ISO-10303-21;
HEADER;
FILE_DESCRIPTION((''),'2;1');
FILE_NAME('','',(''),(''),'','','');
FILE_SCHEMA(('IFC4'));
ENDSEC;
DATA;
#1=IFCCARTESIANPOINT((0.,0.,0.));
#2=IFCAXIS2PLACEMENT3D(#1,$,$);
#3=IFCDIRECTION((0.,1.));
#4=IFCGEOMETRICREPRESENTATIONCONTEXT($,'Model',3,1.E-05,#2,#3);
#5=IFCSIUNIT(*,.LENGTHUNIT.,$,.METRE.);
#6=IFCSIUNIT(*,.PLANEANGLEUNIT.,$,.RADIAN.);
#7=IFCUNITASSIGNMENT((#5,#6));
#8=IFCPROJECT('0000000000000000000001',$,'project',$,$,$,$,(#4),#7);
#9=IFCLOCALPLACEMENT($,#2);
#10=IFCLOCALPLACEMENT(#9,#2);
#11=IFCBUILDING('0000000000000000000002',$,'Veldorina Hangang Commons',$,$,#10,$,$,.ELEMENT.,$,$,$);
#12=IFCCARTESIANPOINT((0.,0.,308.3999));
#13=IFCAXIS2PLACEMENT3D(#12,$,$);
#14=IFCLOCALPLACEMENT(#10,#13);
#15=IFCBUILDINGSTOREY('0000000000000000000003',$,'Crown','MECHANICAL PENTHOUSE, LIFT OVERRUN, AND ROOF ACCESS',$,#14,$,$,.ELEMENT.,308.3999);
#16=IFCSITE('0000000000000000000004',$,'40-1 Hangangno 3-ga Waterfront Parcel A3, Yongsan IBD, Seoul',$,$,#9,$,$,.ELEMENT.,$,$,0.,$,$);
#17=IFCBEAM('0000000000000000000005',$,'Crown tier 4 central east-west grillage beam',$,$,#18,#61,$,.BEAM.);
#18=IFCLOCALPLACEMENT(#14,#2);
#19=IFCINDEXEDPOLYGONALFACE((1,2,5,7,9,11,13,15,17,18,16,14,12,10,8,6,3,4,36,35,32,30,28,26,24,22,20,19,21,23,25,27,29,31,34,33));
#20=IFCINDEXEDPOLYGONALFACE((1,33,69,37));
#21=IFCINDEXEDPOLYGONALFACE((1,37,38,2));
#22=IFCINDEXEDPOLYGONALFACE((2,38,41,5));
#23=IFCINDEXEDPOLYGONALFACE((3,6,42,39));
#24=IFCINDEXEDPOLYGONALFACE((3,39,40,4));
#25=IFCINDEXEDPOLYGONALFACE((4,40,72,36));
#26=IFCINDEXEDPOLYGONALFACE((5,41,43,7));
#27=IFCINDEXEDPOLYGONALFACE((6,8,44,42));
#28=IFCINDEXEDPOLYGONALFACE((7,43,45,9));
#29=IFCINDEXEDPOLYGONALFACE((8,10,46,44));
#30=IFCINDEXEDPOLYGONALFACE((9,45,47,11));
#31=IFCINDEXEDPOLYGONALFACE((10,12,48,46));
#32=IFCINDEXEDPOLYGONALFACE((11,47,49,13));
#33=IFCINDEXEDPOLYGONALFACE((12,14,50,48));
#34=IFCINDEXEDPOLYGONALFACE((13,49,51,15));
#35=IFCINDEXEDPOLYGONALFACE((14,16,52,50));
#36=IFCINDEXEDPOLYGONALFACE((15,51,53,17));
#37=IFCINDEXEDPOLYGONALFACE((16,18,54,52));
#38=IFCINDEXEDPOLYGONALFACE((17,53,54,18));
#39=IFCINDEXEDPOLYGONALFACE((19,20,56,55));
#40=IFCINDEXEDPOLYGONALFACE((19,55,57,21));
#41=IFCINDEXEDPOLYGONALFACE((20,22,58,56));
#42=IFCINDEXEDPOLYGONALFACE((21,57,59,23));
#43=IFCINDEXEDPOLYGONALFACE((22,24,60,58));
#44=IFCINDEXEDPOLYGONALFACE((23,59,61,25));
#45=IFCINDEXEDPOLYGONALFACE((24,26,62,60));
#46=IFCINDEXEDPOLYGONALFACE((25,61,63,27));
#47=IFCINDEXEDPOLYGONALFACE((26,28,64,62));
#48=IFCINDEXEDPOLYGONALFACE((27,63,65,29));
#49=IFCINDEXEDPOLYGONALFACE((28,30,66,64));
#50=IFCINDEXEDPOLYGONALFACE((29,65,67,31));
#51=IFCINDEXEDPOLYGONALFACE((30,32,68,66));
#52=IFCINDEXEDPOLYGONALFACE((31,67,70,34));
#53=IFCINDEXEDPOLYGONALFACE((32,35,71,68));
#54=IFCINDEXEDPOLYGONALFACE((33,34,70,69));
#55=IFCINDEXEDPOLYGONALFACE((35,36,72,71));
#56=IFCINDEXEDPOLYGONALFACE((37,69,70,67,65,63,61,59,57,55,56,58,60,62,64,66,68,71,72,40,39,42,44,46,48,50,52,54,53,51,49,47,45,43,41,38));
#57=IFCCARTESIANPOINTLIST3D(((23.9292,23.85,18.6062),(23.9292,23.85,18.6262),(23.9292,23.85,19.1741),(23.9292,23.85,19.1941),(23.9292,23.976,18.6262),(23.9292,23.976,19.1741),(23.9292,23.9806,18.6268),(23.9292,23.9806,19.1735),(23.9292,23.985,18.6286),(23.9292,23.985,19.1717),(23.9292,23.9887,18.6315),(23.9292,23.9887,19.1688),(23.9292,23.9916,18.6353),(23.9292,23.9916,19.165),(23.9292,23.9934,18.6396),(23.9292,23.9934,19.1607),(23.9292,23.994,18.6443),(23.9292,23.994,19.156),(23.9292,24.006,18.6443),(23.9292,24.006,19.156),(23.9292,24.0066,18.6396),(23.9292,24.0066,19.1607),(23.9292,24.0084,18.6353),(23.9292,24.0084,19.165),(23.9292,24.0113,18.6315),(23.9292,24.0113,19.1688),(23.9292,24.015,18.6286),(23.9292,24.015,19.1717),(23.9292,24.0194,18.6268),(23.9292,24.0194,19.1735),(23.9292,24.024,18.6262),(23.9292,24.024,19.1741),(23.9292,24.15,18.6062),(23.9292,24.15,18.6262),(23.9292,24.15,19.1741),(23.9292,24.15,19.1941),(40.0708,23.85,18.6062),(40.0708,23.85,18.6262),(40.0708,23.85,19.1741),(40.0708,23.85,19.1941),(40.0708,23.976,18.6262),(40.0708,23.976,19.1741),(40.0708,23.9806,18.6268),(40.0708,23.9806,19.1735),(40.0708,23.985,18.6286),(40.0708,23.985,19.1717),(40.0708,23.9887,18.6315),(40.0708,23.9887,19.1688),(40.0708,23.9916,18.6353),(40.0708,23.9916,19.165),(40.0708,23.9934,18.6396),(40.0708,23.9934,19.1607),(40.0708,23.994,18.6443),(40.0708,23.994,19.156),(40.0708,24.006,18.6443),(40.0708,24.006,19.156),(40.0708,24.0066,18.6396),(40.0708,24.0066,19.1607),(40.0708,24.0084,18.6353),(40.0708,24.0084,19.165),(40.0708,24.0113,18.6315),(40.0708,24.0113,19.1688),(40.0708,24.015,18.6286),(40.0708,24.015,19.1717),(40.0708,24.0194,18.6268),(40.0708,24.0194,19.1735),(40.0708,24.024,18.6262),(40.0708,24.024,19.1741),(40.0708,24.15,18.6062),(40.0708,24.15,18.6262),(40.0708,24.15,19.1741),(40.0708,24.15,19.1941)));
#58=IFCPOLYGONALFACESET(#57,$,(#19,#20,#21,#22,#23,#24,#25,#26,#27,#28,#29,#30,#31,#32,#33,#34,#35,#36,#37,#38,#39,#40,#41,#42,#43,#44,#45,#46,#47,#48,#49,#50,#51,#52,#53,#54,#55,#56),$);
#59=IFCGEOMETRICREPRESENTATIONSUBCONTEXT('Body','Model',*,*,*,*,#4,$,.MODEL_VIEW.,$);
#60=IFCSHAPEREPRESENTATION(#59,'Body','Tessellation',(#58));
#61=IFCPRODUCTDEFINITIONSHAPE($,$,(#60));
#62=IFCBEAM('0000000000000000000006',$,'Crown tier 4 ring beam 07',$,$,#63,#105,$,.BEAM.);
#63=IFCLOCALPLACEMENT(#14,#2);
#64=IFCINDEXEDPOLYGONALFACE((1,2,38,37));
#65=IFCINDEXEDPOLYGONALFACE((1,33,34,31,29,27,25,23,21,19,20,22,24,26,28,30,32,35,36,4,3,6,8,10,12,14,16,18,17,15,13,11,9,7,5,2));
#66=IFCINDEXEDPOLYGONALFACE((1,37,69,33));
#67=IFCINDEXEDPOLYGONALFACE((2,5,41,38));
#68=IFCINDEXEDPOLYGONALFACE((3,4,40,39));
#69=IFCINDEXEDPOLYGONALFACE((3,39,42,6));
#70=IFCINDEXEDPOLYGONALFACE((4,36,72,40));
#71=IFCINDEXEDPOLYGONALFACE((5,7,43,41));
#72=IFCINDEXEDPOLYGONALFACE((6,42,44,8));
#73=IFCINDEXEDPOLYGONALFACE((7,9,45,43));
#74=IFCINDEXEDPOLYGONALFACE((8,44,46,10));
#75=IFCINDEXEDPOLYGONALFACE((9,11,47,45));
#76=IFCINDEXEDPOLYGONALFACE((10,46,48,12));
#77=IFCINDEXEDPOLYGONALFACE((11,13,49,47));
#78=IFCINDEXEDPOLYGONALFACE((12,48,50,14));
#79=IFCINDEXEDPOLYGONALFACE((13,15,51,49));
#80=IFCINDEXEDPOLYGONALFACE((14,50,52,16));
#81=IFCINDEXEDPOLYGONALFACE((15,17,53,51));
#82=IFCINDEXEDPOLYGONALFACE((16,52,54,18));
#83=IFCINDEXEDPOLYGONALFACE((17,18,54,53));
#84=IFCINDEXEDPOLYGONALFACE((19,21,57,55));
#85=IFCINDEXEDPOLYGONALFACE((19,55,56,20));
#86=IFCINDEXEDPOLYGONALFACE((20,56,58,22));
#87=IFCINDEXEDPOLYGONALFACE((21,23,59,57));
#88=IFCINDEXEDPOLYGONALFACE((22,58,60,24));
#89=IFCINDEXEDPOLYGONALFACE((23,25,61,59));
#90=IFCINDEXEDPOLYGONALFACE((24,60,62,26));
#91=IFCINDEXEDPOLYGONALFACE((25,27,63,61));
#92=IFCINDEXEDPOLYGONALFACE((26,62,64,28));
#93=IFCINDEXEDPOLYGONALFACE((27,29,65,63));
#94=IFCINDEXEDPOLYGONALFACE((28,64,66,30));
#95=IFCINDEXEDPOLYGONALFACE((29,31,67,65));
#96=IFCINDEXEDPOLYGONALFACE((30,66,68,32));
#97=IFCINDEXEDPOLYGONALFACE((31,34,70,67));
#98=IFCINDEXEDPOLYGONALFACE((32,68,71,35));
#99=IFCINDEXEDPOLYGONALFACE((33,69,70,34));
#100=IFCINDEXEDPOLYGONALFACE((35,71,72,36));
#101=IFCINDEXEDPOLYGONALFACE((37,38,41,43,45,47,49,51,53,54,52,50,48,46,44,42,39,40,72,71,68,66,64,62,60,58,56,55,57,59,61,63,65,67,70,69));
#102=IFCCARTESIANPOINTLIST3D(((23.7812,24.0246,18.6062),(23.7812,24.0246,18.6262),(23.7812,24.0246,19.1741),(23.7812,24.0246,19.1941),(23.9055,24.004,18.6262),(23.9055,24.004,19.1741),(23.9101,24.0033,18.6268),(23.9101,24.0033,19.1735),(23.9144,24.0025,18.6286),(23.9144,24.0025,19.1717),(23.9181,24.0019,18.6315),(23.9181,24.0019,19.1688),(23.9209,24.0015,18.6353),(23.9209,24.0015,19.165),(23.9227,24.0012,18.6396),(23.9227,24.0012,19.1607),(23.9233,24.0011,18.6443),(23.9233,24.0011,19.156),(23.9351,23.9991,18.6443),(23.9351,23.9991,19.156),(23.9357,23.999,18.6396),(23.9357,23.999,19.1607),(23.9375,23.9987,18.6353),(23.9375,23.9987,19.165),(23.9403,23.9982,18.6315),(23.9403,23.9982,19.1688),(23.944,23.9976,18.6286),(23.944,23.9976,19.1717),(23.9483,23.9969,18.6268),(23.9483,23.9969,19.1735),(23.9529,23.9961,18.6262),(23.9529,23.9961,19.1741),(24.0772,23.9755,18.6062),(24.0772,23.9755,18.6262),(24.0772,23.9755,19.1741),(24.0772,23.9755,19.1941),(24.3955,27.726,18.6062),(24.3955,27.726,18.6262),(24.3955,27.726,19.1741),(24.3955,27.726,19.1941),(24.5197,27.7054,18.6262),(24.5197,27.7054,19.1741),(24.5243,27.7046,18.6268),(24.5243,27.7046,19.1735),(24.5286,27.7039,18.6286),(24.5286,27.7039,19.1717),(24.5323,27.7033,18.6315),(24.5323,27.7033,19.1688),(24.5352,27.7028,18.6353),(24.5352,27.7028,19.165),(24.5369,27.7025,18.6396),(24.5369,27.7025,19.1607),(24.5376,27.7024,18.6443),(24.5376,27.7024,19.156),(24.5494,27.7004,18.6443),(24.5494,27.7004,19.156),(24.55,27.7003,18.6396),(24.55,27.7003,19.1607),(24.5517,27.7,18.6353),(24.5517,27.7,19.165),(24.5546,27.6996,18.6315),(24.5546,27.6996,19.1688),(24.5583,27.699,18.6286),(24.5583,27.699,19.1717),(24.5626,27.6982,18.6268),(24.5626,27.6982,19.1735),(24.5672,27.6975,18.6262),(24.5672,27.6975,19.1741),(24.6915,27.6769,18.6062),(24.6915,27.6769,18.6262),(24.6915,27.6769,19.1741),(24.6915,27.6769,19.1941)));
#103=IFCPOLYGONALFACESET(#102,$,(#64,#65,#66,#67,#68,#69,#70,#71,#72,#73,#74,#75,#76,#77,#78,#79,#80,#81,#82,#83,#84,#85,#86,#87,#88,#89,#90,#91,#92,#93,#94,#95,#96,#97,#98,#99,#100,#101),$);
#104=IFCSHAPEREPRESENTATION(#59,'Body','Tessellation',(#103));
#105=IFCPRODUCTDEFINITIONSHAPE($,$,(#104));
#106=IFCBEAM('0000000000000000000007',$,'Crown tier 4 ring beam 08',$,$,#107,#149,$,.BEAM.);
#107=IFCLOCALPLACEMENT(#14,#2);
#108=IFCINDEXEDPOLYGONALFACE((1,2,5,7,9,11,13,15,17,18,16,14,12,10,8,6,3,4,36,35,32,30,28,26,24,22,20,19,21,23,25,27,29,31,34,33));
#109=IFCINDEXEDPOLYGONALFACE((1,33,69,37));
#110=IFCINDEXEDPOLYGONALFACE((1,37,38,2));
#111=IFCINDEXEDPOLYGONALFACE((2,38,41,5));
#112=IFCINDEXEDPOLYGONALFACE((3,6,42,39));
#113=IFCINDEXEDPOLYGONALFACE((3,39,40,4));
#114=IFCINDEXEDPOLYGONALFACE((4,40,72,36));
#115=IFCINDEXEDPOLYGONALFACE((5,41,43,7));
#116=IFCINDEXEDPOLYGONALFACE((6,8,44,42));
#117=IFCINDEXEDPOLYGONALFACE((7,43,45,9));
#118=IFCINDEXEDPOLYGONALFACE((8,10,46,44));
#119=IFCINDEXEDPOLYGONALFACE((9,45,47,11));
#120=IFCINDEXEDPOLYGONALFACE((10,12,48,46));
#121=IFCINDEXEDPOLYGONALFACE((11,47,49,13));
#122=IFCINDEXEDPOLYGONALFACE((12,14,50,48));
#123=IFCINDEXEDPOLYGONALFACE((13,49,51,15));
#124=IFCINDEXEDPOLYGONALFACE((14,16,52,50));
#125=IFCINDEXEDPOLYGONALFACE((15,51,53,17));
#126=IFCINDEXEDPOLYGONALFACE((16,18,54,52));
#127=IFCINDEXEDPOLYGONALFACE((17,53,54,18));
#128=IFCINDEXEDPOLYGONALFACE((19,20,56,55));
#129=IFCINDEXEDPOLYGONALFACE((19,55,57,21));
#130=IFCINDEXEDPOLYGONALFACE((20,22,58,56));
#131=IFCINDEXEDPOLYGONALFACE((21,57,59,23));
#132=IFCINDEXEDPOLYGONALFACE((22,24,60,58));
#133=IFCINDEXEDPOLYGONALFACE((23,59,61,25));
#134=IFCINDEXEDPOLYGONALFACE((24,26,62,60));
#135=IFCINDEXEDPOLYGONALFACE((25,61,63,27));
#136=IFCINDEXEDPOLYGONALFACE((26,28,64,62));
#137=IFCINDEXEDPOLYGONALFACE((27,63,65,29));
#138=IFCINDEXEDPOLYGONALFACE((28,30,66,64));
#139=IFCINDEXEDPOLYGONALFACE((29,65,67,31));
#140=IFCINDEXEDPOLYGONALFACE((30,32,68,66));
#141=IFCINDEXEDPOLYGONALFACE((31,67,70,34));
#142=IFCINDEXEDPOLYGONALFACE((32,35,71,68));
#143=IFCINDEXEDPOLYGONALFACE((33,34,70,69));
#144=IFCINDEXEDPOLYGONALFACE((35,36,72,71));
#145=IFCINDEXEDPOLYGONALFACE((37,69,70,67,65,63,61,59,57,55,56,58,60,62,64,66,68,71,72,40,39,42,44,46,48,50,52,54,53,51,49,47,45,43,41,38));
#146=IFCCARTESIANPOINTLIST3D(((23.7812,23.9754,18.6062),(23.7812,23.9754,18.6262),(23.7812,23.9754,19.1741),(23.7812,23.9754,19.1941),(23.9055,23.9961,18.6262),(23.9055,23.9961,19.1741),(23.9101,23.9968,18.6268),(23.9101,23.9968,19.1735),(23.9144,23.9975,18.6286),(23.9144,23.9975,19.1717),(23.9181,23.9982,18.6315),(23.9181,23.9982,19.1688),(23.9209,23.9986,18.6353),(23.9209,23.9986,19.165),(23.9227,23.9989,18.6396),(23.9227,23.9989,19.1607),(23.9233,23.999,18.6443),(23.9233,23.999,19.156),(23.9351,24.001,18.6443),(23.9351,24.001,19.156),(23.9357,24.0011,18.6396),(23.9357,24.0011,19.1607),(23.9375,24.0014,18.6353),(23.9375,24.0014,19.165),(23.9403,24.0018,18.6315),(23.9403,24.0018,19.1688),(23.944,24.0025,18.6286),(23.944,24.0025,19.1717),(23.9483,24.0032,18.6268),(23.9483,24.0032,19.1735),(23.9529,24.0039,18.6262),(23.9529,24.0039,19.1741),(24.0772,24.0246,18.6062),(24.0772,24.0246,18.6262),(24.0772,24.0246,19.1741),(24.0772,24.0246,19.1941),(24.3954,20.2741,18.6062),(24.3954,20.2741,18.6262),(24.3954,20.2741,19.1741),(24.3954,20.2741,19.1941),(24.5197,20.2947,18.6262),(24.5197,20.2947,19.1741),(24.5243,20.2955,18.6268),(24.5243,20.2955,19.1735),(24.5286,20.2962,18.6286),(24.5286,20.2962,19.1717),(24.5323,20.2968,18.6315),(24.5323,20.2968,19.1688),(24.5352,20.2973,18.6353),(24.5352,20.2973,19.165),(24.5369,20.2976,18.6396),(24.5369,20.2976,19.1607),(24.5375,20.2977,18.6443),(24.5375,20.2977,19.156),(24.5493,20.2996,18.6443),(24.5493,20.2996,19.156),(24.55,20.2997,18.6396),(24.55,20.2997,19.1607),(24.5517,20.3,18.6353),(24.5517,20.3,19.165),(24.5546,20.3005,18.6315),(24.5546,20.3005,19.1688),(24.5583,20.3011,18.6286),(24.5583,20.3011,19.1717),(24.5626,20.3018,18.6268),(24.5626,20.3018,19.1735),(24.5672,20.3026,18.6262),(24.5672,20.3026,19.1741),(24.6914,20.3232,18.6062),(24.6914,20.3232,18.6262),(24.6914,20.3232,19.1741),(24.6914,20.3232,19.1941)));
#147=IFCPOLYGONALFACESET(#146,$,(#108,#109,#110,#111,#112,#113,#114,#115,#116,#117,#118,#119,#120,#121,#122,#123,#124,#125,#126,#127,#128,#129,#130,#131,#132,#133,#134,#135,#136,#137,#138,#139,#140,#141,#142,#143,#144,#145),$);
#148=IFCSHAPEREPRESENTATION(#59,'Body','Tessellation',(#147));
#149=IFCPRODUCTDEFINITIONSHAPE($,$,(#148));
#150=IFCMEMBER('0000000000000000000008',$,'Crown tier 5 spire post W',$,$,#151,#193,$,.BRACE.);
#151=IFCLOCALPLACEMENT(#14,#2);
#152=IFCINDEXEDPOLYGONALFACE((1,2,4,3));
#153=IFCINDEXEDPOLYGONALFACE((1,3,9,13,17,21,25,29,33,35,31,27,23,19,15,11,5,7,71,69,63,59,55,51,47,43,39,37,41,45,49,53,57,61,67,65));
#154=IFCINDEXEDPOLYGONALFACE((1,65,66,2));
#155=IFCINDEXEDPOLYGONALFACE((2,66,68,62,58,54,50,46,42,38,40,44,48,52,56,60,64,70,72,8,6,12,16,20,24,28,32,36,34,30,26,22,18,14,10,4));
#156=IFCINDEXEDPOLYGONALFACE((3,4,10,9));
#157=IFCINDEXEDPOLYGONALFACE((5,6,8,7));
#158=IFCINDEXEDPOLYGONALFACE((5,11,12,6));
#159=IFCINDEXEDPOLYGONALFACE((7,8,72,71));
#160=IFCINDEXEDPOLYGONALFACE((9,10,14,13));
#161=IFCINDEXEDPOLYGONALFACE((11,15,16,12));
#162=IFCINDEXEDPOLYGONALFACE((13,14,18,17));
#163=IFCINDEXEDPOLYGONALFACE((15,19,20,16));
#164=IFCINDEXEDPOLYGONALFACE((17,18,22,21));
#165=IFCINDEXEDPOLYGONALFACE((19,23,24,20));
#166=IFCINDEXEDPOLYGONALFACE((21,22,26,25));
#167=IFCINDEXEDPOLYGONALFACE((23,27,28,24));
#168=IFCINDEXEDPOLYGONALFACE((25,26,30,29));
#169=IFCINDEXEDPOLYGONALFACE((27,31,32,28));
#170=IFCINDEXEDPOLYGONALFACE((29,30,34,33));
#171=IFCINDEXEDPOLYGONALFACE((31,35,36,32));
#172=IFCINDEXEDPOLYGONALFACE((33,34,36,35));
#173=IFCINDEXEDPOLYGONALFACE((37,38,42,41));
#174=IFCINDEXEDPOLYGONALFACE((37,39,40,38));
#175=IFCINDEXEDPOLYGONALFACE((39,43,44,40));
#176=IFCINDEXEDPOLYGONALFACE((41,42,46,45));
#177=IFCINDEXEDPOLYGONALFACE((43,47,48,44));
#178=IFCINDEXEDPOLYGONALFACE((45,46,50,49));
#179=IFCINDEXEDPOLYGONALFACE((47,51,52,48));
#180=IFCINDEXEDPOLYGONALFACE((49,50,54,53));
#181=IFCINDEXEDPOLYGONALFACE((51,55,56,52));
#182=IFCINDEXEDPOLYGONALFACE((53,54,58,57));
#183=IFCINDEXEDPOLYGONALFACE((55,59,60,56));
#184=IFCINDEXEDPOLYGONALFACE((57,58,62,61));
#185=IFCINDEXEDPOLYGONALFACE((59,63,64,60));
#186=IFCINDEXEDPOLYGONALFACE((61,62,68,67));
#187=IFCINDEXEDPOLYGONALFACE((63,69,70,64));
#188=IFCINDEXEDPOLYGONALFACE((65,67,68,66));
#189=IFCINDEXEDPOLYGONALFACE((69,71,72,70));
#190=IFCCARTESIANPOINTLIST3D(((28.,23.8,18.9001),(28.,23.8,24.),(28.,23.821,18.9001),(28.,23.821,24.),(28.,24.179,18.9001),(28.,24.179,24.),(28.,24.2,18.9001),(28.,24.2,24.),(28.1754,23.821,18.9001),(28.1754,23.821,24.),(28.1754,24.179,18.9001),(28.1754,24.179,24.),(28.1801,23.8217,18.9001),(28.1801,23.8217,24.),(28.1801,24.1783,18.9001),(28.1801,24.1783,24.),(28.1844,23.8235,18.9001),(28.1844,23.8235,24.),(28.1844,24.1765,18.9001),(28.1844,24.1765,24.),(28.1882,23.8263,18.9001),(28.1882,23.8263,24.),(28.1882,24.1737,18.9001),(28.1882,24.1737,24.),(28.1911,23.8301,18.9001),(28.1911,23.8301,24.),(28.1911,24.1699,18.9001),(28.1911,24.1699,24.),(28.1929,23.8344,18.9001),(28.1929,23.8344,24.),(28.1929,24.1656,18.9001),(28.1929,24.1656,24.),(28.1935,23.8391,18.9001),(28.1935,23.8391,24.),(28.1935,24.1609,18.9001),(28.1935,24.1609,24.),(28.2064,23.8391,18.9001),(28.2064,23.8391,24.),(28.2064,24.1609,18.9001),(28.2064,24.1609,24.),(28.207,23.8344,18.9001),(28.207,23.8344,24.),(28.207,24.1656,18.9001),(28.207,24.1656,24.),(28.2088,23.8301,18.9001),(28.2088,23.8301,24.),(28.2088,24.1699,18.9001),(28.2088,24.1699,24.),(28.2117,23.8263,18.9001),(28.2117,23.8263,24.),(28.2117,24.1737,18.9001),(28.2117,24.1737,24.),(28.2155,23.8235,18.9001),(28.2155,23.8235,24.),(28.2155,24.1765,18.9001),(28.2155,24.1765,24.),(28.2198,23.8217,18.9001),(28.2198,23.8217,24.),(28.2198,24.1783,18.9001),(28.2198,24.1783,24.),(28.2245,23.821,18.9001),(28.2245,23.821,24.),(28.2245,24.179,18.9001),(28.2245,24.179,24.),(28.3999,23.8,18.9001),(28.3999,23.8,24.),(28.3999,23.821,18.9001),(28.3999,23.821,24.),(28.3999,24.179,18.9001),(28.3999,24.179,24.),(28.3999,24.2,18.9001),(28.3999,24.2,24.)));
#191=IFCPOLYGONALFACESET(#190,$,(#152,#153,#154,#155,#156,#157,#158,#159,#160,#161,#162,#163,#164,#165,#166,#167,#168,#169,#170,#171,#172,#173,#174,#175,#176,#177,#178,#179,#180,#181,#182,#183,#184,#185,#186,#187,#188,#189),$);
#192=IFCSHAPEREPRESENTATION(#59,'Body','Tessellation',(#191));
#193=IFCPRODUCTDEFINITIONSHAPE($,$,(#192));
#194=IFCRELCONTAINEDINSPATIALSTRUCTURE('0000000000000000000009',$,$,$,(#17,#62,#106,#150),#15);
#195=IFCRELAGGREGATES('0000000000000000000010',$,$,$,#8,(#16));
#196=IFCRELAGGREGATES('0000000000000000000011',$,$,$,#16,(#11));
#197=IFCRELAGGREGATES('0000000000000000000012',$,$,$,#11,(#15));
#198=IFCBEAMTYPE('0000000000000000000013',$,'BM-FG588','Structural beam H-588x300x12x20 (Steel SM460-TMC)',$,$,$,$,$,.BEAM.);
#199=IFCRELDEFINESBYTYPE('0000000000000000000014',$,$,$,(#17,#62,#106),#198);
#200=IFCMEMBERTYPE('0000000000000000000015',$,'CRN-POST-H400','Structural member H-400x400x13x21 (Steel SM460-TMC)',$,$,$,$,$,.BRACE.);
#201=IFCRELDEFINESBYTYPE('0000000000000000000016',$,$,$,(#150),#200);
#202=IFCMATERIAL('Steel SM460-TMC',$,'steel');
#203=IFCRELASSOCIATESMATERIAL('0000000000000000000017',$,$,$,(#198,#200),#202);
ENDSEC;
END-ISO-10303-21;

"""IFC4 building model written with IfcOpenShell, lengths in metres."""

from ifc_helpers import new_model, si_unit, direction, frame, origin, origin_2d, place, context, subcontext, project, spatial, i_section, extrude, material, material_profile, profile_set, type_object, element, save


model = new_model("IFC4")

# Units and contexts
model_context = context("Model", 3, precision=1e-05, world=origin(), true_north=direction((0.0, 1.0)))
body_context = subcontext(model_context, "Body", "Model", "MODEL_VIEW")
ifc_project = project(units=[si_unit("LENGTHUNIT", "METRE"), si_unit("PLANEANGLEUNIT", "RADIAN")], contexts=[model_context])

# Site, building, storey
site_placement = place(None, origin())
site = spatial("IfcSite", under=ifc_project, at=site_placement, Name="40-1 Hangangno 3-ga Waterfront Parcel A3, Yongsan IBD, Seoul", CompositionType="ELEMENT", RefElevation=0.0)
building_placement = place(site_placement, origin())
building = spatial("IfcBuilding", under=site, at=building_placement, Name="Veldorina Hangang Commons", CompositionType="ELEMENT")
storey_placement = place(building_placement, frame((0.0, 0.0, 308.3999)))
storey = spatial("IfcBuildingStorey", under=building, at=storey_placement, Name="Crown", Description="MECHANICAL PENTHOUSE, LIFT OVERRUN, AND ROOF ACCESS", CompositionType="ELEMENT", Elevation=308.3999)

# Beams
ifc_material_1 = material(Name="Steel SM460-TMC", Category="steel")
ifc_material_profile_1 = material_profile(ifc_material_1, i_section(OverallWidth=0.3, OverallDepth=0.5879, WebThickness=0.012, FlangeThickness=0.02, FilletRadius=0.0181, at=origin_2d()), Name="H-588x300x12x20")
ifc_profile_set_1 = profile_set([ifc_material_profile_1], Name="Steel SM460-TMC")
beam_type = type_object("IfcBeamType", Name="BM-FG588", Description="Structural beam H-588x300x12x20 (Steel SM460-TMC)", PredefinedType="BEAM", material=ifc_profile_set_1)
beam_placement = place(storey_placement, frame((23.9292, 24.0, 18.9001), z_axis=(1.0, 0.0, 0.0), x_axis=(0.0, 1.0, 0.0)))
element("IfcBeam", 1, at=beam_placement, inside=storey, type_object=beam_type, Name="Crown tier 4 central east-west grillage beam", PredefinedType="BEAM", context=body_context, shape_type="SweptSolid", body=[
    extrude(i_section(OverallWidth=0.3, OverallDepth=0.5879, WebThickness=0.012, FlangeThickness=0.02, FilletRadius=0.0181, at=origin_2d()), origin(), (0.0, 0.0, 1.0), 16.1416),
])
for number, where, z_axis, x_axis, name in (
    (2, (24.5435, 27.7014, 18.9001), (-0.163713, -0.986508, 0.0), (0.986508, -0.163713, 0.0), "Crown tier 4 ring beam 07"),
    (3, (23.9292, 24.0, 18.9001), (0.163713, -0.986508, 0.0), (0.986508, 0.163713, 0.0), "Crown tier 4 ring beam 08"),
):
    element("IfcBeam", number, at=place(storey_placement, frame(where, z_axis=z_axis, x_axis=x_axis)), inside=storey, type_object=beam_type, Name=name, PredefinedType="BEAM", context=body_context, shape_type="SweptSolid", body=[
        extrude(i_section(OverallWidth=0.3, OverallDepth=0.5879, WebThickness=0.012, FlangeThickness=0.02, FilletRadius=0.0181, at=origin_2d()), origin(), (0.0, 0.0, 1.0), 3.752),
    ])

# Member
ifc_material_profile_2 = material_profile(ifc_material_1, i_section(OverallWidth=0.3999, OverallDepth=0.3999, WebThickness=0.0129, FlangeThickness=0.021, FilletRadius=0.0181, at=origin_2d()), Name="H-400x400x13x21")
ifc_profile_set_2 = profile_set([ifc_material_profile_2], Name="Steel SM460-TMC")
member_type_1 = type_object("IfcMemberType", Name="CRN-POST-H400", Description="Structural member H-400x400x13x21 (Steel SM460-TMC)", PredefinedType="BRACE", material=ifc_profile_set_2)
member_1_placement = place(storey_placement, frame((28.2, 24.0, 18.9001), z_axis=(0.0, 0.0, 1.0), x_axis=(1.0, 0.0, 0.0)))
element("IfcMember", 4, at=member_1_placement, inside=storey, type_object=member_type_1, Name="Crown tier 5 spire post W", PredefinedType="BRACE", context=body_context, shape_type="SweptSolid", body=[
    extrude(i_section(OverallWidth=0.3999, OverallDepth=0.3999, WebThickness=0.0129, FlangeThickness=0.021, FilletRadius=0.0181, at=origin_2d()), origin(), (0.0, 0.0, 1.0), 5.0999),
])

save(model, "model.ifc")
